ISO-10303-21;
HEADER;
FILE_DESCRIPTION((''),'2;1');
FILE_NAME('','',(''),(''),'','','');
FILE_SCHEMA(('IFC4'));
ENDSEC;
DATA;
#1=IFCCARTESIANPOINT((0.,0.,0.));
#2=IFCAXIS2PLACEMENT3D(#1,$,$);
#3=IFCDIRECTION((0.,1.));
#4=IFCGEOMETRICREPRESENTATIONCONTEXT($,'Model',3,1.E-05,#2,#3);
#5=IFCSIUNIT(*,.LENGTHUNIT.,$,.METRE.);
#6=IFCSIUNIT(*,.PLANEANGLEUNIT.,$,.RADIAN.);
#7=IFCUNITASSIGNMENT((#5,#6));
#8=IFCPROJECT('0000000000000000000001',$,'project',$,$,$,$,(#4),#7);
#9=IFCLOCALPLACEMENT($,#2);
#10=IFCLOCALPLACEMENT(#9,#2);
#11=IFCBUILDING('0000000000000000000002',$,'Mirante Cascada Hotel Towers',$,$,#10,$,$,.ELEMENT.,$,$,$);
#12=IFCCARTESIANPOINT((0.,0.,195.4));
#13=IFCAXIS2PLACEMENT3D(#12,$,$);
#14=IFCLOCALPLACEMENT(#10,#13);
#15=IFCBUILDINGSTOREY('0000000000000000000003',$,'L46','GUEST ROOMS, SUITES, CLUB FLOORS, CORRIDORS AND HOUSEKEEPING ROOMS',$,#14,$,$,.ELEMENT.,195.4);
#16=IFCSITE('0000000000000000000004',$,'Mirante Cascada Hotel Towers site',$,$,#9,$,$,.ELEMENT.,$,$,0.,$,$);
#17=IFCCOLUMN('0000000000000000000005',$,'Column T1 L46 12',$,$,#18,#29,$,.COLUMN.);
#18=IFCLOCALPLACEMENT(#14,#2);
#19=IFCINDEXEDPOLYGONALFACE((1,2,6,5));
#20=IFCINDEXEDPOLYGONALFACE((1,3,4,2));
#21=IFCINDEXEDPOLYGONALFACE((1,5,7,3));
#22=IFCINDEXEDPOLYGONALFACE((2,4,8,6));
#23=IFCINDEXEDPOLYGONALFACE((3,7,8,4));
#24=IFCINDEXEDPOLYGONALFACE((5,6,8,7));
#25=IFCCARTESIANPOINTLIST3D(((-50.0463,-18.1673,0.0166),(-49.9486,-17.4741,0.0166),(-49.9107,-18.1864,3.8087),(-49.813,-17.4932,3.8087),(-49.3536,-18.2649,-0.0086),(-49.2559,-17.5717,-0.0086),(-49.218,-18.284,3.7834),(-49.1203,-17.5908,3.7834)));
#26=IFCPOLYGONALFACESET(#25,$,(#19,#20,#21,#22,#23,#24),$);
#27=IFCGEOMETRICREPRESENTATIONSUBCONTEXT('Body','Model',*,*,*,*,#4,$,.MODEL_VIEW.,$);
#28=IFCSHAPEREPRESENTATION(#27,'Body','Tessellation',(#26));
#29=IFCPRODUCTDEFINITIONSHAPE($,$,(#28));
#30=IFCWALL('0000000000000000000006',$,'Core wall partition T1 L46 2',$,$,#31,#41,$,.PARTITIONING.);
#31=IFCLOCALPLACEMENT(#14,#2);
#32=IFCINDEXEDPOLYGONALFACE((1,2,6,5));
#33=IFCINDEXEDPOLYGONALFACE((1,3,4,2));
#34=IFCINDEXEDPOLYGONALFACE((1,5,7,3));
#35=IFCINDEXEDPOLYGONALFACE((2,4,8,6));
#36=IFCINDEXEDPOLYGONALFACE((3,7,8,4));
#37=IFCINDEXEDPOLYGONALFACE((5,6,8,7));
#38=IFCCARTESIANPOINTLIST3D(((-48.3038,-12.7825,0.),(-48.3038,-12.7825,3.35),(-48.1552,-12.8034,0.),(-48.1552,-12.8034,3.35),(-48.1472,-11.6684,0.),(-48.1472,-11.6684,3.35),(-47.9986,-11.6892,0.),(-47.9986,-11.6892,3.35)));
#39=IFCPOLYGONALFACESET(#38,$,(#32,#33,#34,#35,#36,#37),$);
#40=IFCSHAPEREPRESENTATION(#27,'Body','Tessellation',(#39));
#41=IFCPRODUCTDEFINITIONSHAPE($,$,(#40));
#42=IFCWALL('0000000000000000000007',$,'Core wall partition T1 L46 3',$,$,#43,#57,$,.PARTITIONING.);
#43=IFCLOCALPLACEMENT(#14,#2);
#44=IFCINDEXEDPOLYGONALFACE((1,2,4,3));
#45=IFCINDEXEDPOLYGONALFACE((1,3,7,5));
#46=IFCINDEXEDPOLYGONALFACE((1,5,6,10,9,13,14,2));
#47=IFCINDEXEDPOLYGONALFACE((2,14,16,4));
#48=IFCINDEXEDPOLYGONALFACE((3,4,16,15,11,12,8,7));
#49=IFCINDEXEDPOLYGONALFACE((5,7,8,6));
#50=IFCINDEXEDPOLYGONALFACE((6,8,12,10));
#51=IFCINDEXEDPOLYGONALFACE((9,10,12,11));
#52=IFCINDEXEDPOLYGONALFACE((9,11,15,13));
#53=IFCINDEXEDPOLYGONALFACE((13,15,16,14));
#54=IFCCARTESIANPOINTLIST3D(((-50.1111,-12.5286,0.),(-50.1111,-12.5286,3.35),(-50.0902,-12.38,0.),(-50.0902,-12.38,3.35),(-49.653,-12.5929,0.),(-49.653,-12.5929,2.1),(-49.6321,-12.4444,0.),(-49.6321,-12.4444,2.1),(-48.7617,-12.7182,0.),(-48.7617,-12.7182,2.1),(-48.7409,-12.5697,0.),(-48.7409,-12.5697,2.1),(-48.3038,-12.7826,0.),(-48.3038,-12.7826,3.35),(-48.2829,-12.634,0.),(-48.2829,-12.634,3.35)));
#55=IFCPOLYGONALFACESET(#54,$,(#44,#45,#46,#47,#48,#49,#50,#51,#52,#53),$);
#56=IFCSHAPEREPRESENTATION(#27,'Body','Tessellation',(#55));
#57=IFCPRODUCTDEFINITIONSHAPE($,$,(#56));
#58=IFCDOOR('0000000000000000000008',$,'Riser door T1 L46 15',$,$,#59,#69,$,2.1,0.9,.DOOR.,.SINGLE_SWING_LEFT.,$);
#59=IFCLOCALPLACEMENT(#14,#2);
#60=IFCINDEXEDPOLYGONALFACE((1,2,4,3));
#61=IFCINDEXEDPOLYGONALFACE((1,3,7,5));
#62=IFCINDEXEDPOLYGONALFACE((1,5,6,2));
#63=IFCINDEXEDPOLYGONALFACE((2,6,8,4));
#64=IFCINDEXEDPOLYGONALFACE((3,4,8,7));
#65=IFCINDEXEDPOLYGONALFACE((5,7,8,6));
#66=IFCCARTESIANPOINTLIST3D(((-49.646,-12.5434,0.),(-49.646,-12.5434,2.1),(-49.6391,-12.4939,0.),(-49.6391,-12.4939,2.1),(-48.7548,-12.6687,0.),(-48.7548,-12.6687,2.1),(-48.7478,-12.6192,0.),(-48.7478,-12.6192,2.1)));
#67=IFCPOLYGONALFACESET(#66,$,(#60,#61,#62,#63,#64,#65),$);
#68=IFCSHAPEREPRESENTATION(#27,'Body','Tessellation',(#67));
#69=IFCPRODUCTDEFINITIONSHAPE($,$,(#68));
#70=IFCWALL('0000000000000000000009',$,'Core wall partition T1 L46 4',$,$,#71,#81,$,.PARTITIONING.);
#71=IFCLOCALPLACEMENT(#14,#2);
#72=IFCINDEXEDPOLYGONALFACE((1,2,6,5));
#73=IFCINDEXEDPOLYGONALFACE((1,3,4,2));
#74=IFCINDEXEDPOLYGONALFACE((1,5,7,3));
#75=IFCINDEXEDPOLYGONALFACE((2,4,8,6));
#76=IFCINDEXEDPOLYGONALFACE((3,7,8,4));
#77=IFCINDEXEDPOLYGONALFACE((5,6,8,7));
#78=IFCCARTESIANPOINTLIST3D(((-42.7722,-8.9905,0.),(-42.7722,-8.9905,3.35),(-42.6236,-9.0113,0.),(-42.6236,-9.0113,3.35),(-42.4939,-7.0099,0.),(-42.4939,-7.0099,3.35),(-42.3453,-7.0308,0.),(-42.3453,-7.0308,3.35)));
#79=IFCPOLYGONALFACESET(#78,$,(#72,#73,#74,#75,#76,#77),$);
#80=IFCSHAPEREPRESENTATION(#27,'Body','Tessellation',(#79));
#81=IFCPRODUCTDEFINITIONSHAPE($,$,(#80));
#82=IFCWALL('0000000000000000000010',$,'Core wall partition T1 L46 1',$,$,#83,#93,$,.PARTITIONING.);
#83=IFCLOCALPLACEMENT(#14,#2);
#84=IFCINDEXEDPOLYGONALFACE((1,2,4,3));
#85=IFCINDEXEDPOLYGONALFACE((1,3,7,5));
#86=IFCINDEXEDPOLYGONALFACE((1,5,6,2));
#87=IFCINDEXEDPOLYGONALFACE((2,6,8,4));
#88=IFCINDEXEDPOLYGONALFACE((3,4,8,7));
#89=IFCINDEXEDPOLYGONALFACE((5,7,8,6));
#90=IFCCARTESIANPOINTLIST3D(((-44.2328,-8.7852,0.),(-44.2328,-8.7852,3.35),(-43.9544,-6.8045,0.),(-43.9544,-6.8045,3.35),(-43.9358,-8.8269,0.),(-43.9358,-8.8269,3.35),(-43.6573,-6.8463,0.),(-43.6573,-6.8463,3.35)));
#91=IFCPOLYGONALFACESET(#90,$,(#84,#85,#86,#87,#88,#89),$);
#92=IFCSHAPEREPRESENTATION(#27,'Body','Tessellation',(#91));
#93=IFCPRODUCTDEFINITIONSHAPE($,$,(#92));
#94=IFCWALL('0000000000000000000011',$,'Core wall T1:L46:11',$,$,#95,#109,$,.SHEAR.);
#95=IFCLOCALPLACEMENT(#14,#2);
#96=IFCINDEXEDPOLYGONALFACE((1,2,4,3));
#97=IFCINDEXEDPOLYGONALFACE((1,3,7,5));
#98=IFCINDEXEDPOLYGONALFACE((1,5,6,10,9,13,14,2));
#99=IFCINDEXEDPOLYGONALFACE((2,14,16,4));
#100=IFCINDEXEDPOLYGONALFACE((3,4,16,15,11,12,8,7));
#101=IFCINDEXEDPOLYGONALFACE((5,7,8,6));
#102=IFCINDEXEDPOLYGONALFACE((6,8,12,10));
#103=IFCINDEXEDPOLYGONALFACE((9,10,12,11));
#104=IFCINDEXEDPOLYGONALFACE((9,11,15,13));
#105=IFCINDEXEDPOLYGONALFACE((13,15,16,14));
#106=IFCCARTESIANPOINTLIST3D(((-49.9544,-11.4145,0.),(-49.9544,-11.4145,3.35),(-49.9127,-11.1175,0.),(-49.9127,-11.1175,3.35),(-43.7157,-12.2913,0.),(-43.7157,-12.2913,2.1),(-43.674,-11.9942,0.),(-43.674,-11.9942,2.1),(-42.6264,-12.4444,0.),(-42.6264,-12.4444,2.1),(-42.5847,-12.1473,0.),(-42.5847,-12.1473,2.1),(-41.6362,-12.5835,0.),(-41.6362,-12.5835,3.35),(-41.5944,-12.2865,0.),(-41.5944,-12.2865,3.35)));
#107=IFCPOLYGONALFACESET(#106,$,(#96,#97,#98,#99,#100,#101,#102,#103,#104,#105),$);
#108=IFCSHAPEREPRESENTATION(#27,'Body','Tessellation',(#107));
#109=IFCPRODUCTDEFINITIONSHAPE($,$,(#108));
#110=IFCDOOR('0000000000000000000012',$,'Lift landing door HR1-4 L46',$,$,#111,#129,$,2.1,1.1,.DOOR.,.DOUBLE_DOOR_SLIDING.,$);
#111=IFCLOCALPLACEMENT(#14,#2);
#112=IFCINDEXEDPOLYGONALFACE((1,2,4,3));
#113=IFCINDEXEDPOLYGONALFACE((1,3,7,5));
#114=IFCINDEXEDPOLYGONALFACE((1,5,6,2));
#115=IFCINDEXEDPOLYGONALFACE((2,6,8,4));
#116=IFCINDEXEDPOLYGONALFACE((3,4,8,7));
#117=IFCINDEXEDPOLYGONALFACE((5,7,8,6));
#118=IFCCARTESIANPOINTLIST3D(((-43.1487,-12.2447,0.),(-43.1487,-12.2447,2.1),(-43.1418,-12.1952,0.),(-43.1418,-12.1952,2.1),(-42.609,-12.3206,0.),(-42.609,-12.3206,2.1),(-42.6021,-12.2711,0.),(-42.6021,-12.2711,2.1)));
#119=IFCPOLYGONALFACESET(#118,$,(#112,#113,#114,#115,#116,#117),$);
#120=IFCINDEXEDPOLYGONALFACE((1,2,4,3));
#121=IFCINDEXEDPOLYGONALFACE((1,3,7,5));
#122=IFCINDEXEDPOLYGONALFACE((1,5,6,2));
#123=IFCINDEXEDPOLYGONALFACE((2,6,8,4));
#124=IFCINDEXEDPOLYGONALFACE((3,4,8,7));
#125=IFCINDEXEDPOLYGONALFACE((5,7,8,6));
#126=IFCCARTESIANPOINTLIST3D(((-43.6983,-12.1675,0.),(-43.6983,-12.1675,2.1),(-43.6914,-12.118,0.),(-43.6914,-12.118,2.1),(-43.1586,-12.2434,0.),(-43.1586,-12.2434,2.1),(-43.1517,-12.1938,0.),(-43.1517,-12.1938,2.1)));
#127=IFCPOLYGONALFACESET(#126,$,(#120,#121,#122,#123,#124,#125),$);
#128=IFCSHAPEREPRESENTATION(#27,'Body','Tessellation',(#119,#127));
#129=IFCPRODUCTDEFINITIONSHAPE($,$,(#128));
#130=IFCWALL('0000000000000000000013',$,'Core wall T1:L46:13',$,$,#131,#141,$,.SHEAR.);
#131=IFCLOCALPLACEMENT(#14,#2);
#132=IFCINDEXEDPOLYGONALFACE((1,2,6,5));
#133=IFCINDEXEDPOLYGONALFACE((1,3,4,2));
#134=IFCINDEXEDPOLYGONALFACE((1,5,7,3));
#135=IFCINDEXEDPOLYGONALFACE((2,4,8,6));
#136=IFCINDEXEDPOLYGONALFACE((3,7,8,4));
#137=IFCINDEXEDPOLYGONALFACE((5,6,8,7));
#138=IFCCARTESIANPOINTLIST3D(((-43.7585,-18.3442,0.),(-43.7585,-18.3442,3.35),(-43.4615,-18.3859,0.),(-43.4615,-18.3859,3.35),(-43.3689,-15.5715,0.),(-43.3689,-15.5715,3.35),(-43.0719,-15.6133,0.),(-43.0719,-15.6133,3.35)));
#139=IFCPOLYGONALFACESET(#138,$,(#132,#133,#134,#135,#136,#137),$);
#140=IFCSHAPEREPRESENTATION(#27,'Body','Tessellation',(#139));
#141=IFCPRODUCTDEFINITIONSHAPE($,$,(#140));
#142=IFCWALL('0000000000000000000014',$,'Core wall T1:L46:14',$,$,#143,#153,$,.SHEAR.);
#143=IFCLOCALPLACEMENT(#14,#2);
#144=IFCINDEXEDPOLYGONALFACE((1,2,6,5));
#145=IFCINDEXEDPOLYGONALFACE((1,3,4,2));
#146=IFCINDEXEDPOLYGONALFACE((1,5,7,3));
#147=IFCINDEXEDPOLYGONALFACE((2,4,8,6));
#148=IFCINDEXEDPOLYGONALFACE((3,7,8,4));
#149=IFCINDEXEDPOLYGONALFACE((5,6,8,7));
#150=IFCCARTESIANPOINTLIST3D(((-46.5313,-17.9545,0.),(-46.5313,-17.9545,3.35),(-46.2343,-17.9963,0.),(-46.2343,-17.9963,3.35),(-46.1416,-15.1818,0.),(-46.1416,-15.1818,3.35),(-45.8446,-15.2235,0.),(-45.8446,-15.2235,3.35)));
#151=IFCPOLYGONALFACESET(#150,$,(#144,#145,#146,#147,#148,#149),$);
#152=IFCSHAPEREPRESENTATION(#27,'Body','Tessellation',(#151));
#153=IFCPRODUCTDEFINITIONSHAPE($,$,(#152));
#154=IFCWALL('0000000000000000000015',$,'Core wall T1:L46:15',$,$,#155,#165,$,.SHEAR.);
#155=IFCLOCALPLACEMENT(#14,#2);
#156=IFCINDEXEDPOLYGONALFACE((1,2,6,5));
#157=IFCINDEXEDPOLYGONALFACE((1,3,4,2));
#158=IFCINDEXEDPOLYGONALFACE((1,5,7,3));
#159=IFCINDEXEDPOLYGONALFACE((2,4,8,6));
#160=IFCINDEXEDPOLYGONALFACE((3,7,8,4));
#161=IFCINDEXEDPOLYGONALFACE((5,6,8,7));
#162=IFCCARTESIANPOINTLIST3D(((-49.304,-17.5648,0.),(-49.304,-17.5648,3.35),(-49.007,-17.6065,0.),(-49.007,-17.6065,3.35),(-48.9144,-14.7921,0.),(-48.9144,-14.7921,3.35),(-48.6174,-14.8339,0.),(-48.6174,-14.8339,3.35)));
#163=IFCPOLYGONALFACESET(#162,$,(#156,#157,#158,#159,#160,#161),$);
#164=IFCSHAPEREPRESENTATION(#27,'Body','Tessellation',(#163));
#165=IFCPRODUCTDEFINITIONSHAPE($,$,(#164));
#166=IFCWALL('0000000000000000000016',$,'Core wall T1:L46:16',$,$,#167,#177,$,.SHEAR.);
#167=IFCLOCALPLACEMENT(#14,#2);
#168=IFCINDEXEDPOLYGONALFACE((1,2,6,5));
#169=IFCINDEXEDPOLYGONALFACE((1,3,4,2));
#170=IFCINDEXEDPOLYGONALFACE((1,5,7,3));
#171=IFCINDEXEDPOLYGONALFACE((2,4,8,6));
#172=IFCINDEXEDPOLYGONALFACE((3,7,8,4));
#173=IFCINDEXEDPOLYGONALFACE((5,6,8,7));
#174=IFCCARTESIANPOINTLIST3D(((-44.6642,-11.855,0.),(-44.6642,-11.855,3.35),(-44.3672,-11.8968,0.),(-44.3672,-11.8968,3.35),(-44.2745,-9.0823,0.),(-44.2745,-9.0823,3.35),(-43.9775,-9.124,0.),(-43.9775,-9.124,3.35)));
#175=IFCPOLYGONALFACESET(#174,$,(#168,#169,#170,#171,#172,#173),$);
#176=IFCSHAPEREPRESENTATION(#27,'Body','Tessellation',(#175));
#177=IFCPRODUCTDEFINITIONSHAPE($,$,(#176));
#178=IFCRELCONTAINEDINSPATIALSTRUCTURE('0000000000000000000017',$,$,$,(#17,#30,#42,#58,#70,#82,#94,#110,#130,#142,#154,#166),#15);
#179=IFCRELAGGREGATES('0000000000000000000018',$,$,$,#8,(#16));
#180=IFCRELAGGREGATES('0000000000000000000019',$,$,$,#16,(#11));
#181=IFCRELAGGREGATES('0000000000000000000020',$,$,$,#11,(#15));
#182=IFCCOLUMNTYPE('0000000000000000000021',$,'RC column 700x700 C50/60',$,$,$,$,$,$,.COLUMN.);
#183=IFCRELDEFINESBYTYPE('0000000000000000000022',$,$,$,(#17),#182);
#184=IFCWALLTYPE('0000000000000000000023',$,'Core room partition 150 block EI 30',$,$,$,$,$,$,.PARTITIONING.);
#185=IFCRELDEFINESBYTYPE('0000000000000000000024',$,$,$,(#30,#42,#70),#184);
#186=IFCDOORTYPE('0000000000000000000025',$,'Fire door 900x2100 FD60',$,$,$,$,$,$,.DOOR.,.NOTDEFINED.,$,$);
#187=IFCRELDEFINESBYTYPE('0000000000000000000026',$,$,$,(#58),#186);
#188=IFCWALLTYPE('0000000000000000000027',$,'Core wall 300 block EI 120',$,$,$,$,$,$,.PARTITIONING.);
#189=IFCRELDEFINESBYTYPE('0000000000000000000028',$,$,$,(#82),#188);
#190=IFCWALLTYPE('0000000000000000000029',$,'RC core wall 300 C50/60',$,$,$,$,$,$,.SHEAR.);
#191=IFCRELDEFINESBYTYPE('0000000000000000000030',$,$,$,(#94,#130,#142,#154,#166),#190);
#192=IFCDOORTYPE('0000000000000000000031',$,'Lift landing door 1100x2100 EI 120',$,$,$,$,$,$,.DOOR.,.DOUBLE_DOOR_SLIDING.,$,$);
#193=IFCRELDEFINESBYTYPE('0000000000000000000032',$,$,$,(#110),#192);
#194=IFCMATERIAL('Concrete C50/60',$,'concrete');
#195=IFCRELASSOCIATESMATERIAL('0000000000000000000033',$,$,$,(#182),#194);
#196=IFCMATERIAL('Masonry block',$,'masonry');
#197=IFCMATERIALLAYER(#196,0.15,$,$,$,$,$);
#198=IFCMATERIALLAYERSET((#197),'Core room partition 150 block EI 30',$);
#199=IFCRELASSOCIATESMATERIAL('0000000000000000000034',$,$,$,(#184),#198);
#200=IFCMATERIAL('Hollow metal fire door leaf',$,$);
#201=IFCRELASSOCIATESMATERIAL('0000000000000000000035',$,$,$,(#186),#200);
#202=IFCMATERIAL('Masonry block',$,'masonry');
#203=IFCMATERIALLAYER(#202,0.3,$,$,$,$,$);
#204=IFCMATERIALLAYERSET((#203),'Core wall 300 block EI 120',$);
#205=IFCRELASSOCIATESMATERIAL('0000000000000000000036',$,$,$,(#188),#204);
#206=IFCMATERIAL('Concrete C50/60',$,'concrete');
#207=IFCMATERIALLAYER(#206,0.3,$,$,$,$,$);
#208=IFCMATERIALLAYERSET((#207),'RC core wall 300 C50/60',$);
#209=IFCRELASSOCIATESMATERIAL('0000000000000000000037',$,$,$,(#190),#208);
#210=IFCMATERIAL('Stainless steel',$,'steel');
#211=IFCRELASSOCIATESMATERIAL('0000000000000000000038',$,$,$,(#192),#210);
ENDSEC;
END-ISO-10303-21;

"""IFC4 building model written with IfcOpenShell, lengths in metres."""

from ifc_helpers import new_model, si_unit, direction, frame, frame_2d, origin, origin_2d, place, context, subcontext, project, spatial, rectangle, extrude, material, layer, layer_set, material_profile, profile_set, type_object, element, fill, save


model = new_model("IFC4")

# Units and contexts
model_context = context("Model", 3, precision=1e-05, world=origin(), true_north=direction((0.0, 1.0)))
body_context = subcontext(model_context, "Body", "Model", "MODEL_VIEW")
ifc_project = project(units=[si_unit("LENGTHUNIT", "METRE"), si_unit("PLANEANGLEUNIT", "RADIAN")], contexts=[model_context])

# Site, building, storey
site_placement = place(None, origin())
site = spatial("IfcSite", under=ifc_project, at=site_placement, Name="Mirante Cascada Hotel Towers site", CompositionType="ELEMENT", RefElevation=0.0)
building_placement = place(site_placement, origin())
building = spatial("IfcBuilding", under=site, at=building_placement, Name="Mirante Cascada Hotel Towers", CompositionType="ELEMENT")
storey_placement = place(building_placement, frame((0.0, 0.0, 195.4)))
storey = spatial("IfcBuildingStorey", under=building, at=storey_placement, Name="L46", Description="GUEST ROOMS, SUITES, CLUB FLOORS, CORRIDORS AND HOUSEKEEPING ROOMS", CompositionType="ELEMENT", Elevation=195.4)

# Column
ifc_material_1 = material(Name="Concrete C50/60", Category="concrete")
ifc_material_profile = material_profile(ifc_material_1, rectangle(XDim=0.7, YDim=0.7, at=origin_2d()), Name="RC column 700x700 C50/60")
ifc_profile_set = profile_set([ifc_material_profile], Name="Concrete C50/60")
column_type = type_object("IfcColumnType", Name="RC column 700x700 C50/60", PredefinedType="COLUMN", material=ifc_profile_set)
column_placement = place(storey_placement, frame((-49.6511, -17.8695, 0.004), z_axis=(0.035736, -0.005034, 0.999349), x_axis=(0.139479, 0.990225, 0.0)))
element("IfcColumn", 1, at=column_placement, inside=storey, type_object=column_type, Name="Column T1 L46 12", PredefinedType="COLUMN", context=body_context, shape_type="SweptSolid", body=[
    extrude(rectangle(XDim=0.7, YDim=0.7, at=origin_2d()), origin(), (0.0, 0.0, 1.0), 3.7945),
])

# Wall
ifc_material_2 = material(Name="Masonry block", Category="masonry")
ifc_layer_1 = layer(ifc_material_2, 0.15)
ifc_layer_set_1 = layer_set([ifc_layer_1], Name="Core room partition 150 block EI 30")
wall_type_1 = type_object("IfcWallType", Name="Core room partition 150 block EI 30", PredefinedType="PARTITIONING", material=ifc_layer_set_1)
wall_1_placement = place(storey_placement, frame((-48.2295, -12.793, 0.0), z_axis=(0.0, 0.0, 1.0), x_axis=(0.139193, 0.990265, 0.0)))
element("IfcWall", 2, at=wall_1_placement, inside=storey, type_object=wall_type_1, Name="Core wall partition T1 L46 2", PredefinedType="PARTITIONING", context=body_context, shape_type="SweptSolid", body=[
    extrude(rectangle(XDim=1.1251, YDim=0.15, at=frame_2d((0.5626, 0.0))), origin(), (0.0, 0.0, 1.0), 3.35),
])

# Wall, opening, door
wall_2_placement = place(storey_placement, frame((-48.2933, -12.7083, 0.0), z_axis=(0.0, 0.0, 1.0), x_axis=(-0.990268, 0.139173, 0.0)))
wall_2 = element("IfcWall", 3, at=wall_2_placement, inside=storey, type_object=wall_type_1, Name="Core wall partition T1 L46 3", PredefinedType="PARTITIONING", context=body_context, shape_type="SweptSolid", body=[
    extrude(rectangle(XDim=1.8251, YDim=0.15, at=frame_2d((0.9126, 0.0))), origin(), (0.0, 0.0, 1.0), 3.35),
])
opening_1_placement = place(wall_2_placement, frame((0.4625, 0.0, 0.0)))
opening_1 = element("IfcOpeningElement", 4, at=opening_1_placement, cuts=wall_2, PredefinedType="OPENING", context=body_context, shape_type="SweptSolid", body=[
    extrude(rectangle(XDim=0.9, YDim=2.1, at=frame_2d((0.45, 1.05))), frame((0.0, 0.075, 0.0), z_axis=(0.0, -1.0, 0.0), x_axis=(1.0, 0.0, 0.0)), (0.0, 0.0, 1.0), 0.15),
])
ifc_material_3 = material(Name="Hollow metal fire door leaf")
door_type_1 = type_object("IfcDoorType", Name="Fire door 900x2100 FD60", OperationType="NOTDEFINED", PredefinedType="DOOR", material=ifc_material_3)
door_1_placement = place(opening_1_placement, origin())
door_1 = element("IfcDoor", 5, at=door_1_placement, inside=storey, type_object=door_type_1, Name="Riser door T1 L46 15", OperationType="SINGLE_SWING_LEFT", OverallHeight=2.1, OverallWidth=0.9, PredefinedType="DOOR", context=body_context, shape_type="SweptSolid", body=[
    extrude(rectangle(XDim=0.9, YDim=2.1, at=frame_2d((0.45, 1.05))), frame((0.0, 0.025, 0.0), z_axis=(0.0, -1.0, 0.0), x_axis=(1.0, 0.0, 0.0)), (0.0, 0.0, 1.0), 0.05),
])
fill(opening_1, door_1)

# Walls
wall_3_placement = place(storey_placement, frame((-42.6979, -9.0009, 0.0), z_axis=(0.0, 0.0, 1.0), x_axis=(0.139153, 0.990271, 0.0)))
element("IfcWall", 6, at=wall_3_placement, inside=storey, type_object=wall_type_1, Name="Core wall partition T1 L46 4", PredefinedType="PARTITIONING", context=body_context, shape_type="SweptSolid", body=[
    extrude(rectangle(XDim=2.0, YDim=0.15, at=frame_2d((1.0, 0.0))), origin(), (0.0, 0.0, 1.0), 3.35),
])
ifc_material_4 = material(Name="Masonry block", Category="masonry")
ifc_layer_2 = layer(ifc_material_4, 0.3)
ifc_layer_set_2 = layer_set([ifc_layer_2], Name="Core wall 300 block EI 120")
wall_type_2 = type_object("IfcWallType", Name="Core wall 300 block EI 120", PredefinedType="PARTITIONING", material=ifc_layer_set_2)
wall_4_placement = place(storey_placement, frame((-44.0843, -8.8061, 0.0), z_axis=(0.0, 0.0, 1.0), x_axis=(0.139195, 0.990265, 0.0)))
element("IfcWall", 7, at=wall_4_placement, inside=storey, type_object=wall_type_2, Name="Core wall partition T1 L46 1", PredefinedType="PARTITIONING", context=body_context, shape_type="SweptSolid", body=[
    extrude(rectangle(XDim=2.0001, YDim=0.3, at=frame_2d((1.0001, 0.0))), origin(), (0.0, 0.0, 1.0), 3.35),
])

# Wall, opening, door
ifc_material_5 = material(Name="Concrete C50/60", Category="concrete")
ifc_layer_3 = layer(ifc_material_5, 0.3)
ifc_layer_set_3 = layer_set([ifc_layer_3], Name="RC core wall 300 C50/60")
wall_type_3 = type_object("IfcWallType", Name="RC core wall 300 C50/60", PredefinedType="SHEAR", material=ifc_layer_set_3)
wall_5_placement = place(storey_placement, frame((-41.6153, -12.435, 0.0), z_axis=(0.0, 0.0, 1.0), x_axis=(-0.990269, 0.139166, 0.0)))
wall_5 = element("IfcWall", 8, at=wall_5_placement, inside=storey, type_object=wall_type_3, Name="Core wall T1:L46:11", PredefinedType="SHEAR", context=body_context, shape_type="SweptSolid", body=[
    extrude(rectangle(XDim=8.4, YDim=0.3, at=frame_2d((4.2, 0.0))), origin(), (0.0, 0.0, 1.0), 3.35),
])
opening_2_placement = place(wall_5_placement, frame((1.0, 0.0, 0.0)))
opening_2 = element("IfcOpeningElement", 9, at=opening_2_placement, cuts=wall_5, PredefinedType="OPENING", context=body_context, shape_type="SweptSolid", body=[
    extrude(rectangle(XDim=1.1, YDim=2.1, at=frame_2d((0.55, 1.05))), frame((0.0, 0.15, 0.0), z_axis=(0.0, -1.0, 0.0), x_axis=(1.0, 0.0, 0.0)), (0.0, 0.0, 1.0), 0.3),
])
ifc_material_6 = material(Name="Stainless steel", Category="steel")
door_type_2 = type_object("IfcDoorType", Name="Lift landing door 1100x2100 EI 120", OperationType="DOUBLE_DOOR_SLIDING", PredefinedType="DOOR", material=ifc_material_6)
door_2_placement = place(opening_2_placement, origin())
door_2 = element("IfcDoor", 10, at=door_2_placement, inside=storey, type_object=door_type_2, Name="Lift landing door HR1-4 L46", OperationType="DOUBLE_DOOR_SLIDING", OverallHeight=2.1, OverallWidth=1.1, PredefinedType="DOOR", context=body_context, shape_type="SweptSolid", body=[
    extrude(rectangle(XDim=0.545, YDim=2.1, at=frame_2d((0.2725, 1.05))), frame((0.0, 0.025, 0.0), z_axis=(0.0, -1.0, 0.0), x_axis=(1.0, 0.0, 0.0)), (0.0, 0.0, 1.0), 0.05),
    extrude(rectangle(XDim=0.545, YDim=2.1, at=frame_2d((0.8275, 1.05))), frame((0.0, 0.025, 0.0), z_axis=(0.0, -1.0, 0.0), x_axis=(1.0, 0.0, 0.0)), (0.0, 0.0, 1.0), 0.05),
])
fill(opening_2, door_2)

# Walls
wall_6_placement = place(storey_placement, frame((-43.61, -18.3651, 0.0), z_axis=(0.0, 0.0, 1.0), x_axis=(0.139146, 0.990272, 0.0)))
element("IfcWall", 11, at=wall_6_placement, inside=storey, type_object=wall_type_3, Name="Core wall T1:L46:13", PredefinedType="SHEAR", context=body_context, shape_type="SweptSolid", body=[
    extrude(rectangle(XDim=2.7999, YDim=0.3, at=frame_2d((1.4, 0.0))), origin(), (0.0, 0.0, 1.0), 3.35),
])
wall_7_placement = place(storey_placement, frame((-46.3828, -17.9754, 0.0), z_axis=(0.0, 0.0, 1.0), x_axis=(0.139181, 0.990267, 0.0)))
element("IfcWall", 12, at=wall_7_placement, inside=storey, type_object=wall_type_3, Name="Core wall T1:L46:14", PredefinedType="SHEAR", context=body_context, shape_type="SweptSolid", body=[
    extrude(rectangle(XDim=2.8, YDim=0.3, at=frame_2d((1.4, 0.0))), origin(), (0.0, 0.0, 1.0), 3.35),
])
wall_8_placement = place(storey_placement, frame((-49.1555, -17.5857, 0.0), z_axis=(0.0, 0.0, 1.0), x_axis=(0.139146, 0.990272, 0.0)))
element("IfcWall", 13, at=wall_8_placement, inside=storey, type_object=wall_type_3, Name="Core wall T1:L46:15", PredefinedType="SHEAR", context=body_context, shape_type="SweptSolid", body=[
    extrude(rectangle(XDim=2.7999, YDim=0.3, at=frame_2d((1.4, 0.0))), origin(), (0.0, 0.0, 1.0), 3.35),
])
for number, where, z_axis, x_axis, name in (
    (14, (-44.5157, -11.8759, 0.0), (0.0, 0.0, 1.0), (0.139181, 0.990267, 0.0), "Core wall T1:L46:16"),
):
    element("IfcWall", number, at=place(storey_placement, frame(where, z_axis=z_axis, x_axis=x_axis)), inside=storey, type_object=wall_type_3, Name=name, PredefinedType="SHEAR", context=body_context, shape_type="SweptSolid", body=[
        extrude(rectangle(XDim=2.8, YDim=0.3, at=frame_2d((1.4, 0.0))), origin(), (0.0, 0.0, 1.0), 3.35),
    ])

save(model, "model.ifc")
